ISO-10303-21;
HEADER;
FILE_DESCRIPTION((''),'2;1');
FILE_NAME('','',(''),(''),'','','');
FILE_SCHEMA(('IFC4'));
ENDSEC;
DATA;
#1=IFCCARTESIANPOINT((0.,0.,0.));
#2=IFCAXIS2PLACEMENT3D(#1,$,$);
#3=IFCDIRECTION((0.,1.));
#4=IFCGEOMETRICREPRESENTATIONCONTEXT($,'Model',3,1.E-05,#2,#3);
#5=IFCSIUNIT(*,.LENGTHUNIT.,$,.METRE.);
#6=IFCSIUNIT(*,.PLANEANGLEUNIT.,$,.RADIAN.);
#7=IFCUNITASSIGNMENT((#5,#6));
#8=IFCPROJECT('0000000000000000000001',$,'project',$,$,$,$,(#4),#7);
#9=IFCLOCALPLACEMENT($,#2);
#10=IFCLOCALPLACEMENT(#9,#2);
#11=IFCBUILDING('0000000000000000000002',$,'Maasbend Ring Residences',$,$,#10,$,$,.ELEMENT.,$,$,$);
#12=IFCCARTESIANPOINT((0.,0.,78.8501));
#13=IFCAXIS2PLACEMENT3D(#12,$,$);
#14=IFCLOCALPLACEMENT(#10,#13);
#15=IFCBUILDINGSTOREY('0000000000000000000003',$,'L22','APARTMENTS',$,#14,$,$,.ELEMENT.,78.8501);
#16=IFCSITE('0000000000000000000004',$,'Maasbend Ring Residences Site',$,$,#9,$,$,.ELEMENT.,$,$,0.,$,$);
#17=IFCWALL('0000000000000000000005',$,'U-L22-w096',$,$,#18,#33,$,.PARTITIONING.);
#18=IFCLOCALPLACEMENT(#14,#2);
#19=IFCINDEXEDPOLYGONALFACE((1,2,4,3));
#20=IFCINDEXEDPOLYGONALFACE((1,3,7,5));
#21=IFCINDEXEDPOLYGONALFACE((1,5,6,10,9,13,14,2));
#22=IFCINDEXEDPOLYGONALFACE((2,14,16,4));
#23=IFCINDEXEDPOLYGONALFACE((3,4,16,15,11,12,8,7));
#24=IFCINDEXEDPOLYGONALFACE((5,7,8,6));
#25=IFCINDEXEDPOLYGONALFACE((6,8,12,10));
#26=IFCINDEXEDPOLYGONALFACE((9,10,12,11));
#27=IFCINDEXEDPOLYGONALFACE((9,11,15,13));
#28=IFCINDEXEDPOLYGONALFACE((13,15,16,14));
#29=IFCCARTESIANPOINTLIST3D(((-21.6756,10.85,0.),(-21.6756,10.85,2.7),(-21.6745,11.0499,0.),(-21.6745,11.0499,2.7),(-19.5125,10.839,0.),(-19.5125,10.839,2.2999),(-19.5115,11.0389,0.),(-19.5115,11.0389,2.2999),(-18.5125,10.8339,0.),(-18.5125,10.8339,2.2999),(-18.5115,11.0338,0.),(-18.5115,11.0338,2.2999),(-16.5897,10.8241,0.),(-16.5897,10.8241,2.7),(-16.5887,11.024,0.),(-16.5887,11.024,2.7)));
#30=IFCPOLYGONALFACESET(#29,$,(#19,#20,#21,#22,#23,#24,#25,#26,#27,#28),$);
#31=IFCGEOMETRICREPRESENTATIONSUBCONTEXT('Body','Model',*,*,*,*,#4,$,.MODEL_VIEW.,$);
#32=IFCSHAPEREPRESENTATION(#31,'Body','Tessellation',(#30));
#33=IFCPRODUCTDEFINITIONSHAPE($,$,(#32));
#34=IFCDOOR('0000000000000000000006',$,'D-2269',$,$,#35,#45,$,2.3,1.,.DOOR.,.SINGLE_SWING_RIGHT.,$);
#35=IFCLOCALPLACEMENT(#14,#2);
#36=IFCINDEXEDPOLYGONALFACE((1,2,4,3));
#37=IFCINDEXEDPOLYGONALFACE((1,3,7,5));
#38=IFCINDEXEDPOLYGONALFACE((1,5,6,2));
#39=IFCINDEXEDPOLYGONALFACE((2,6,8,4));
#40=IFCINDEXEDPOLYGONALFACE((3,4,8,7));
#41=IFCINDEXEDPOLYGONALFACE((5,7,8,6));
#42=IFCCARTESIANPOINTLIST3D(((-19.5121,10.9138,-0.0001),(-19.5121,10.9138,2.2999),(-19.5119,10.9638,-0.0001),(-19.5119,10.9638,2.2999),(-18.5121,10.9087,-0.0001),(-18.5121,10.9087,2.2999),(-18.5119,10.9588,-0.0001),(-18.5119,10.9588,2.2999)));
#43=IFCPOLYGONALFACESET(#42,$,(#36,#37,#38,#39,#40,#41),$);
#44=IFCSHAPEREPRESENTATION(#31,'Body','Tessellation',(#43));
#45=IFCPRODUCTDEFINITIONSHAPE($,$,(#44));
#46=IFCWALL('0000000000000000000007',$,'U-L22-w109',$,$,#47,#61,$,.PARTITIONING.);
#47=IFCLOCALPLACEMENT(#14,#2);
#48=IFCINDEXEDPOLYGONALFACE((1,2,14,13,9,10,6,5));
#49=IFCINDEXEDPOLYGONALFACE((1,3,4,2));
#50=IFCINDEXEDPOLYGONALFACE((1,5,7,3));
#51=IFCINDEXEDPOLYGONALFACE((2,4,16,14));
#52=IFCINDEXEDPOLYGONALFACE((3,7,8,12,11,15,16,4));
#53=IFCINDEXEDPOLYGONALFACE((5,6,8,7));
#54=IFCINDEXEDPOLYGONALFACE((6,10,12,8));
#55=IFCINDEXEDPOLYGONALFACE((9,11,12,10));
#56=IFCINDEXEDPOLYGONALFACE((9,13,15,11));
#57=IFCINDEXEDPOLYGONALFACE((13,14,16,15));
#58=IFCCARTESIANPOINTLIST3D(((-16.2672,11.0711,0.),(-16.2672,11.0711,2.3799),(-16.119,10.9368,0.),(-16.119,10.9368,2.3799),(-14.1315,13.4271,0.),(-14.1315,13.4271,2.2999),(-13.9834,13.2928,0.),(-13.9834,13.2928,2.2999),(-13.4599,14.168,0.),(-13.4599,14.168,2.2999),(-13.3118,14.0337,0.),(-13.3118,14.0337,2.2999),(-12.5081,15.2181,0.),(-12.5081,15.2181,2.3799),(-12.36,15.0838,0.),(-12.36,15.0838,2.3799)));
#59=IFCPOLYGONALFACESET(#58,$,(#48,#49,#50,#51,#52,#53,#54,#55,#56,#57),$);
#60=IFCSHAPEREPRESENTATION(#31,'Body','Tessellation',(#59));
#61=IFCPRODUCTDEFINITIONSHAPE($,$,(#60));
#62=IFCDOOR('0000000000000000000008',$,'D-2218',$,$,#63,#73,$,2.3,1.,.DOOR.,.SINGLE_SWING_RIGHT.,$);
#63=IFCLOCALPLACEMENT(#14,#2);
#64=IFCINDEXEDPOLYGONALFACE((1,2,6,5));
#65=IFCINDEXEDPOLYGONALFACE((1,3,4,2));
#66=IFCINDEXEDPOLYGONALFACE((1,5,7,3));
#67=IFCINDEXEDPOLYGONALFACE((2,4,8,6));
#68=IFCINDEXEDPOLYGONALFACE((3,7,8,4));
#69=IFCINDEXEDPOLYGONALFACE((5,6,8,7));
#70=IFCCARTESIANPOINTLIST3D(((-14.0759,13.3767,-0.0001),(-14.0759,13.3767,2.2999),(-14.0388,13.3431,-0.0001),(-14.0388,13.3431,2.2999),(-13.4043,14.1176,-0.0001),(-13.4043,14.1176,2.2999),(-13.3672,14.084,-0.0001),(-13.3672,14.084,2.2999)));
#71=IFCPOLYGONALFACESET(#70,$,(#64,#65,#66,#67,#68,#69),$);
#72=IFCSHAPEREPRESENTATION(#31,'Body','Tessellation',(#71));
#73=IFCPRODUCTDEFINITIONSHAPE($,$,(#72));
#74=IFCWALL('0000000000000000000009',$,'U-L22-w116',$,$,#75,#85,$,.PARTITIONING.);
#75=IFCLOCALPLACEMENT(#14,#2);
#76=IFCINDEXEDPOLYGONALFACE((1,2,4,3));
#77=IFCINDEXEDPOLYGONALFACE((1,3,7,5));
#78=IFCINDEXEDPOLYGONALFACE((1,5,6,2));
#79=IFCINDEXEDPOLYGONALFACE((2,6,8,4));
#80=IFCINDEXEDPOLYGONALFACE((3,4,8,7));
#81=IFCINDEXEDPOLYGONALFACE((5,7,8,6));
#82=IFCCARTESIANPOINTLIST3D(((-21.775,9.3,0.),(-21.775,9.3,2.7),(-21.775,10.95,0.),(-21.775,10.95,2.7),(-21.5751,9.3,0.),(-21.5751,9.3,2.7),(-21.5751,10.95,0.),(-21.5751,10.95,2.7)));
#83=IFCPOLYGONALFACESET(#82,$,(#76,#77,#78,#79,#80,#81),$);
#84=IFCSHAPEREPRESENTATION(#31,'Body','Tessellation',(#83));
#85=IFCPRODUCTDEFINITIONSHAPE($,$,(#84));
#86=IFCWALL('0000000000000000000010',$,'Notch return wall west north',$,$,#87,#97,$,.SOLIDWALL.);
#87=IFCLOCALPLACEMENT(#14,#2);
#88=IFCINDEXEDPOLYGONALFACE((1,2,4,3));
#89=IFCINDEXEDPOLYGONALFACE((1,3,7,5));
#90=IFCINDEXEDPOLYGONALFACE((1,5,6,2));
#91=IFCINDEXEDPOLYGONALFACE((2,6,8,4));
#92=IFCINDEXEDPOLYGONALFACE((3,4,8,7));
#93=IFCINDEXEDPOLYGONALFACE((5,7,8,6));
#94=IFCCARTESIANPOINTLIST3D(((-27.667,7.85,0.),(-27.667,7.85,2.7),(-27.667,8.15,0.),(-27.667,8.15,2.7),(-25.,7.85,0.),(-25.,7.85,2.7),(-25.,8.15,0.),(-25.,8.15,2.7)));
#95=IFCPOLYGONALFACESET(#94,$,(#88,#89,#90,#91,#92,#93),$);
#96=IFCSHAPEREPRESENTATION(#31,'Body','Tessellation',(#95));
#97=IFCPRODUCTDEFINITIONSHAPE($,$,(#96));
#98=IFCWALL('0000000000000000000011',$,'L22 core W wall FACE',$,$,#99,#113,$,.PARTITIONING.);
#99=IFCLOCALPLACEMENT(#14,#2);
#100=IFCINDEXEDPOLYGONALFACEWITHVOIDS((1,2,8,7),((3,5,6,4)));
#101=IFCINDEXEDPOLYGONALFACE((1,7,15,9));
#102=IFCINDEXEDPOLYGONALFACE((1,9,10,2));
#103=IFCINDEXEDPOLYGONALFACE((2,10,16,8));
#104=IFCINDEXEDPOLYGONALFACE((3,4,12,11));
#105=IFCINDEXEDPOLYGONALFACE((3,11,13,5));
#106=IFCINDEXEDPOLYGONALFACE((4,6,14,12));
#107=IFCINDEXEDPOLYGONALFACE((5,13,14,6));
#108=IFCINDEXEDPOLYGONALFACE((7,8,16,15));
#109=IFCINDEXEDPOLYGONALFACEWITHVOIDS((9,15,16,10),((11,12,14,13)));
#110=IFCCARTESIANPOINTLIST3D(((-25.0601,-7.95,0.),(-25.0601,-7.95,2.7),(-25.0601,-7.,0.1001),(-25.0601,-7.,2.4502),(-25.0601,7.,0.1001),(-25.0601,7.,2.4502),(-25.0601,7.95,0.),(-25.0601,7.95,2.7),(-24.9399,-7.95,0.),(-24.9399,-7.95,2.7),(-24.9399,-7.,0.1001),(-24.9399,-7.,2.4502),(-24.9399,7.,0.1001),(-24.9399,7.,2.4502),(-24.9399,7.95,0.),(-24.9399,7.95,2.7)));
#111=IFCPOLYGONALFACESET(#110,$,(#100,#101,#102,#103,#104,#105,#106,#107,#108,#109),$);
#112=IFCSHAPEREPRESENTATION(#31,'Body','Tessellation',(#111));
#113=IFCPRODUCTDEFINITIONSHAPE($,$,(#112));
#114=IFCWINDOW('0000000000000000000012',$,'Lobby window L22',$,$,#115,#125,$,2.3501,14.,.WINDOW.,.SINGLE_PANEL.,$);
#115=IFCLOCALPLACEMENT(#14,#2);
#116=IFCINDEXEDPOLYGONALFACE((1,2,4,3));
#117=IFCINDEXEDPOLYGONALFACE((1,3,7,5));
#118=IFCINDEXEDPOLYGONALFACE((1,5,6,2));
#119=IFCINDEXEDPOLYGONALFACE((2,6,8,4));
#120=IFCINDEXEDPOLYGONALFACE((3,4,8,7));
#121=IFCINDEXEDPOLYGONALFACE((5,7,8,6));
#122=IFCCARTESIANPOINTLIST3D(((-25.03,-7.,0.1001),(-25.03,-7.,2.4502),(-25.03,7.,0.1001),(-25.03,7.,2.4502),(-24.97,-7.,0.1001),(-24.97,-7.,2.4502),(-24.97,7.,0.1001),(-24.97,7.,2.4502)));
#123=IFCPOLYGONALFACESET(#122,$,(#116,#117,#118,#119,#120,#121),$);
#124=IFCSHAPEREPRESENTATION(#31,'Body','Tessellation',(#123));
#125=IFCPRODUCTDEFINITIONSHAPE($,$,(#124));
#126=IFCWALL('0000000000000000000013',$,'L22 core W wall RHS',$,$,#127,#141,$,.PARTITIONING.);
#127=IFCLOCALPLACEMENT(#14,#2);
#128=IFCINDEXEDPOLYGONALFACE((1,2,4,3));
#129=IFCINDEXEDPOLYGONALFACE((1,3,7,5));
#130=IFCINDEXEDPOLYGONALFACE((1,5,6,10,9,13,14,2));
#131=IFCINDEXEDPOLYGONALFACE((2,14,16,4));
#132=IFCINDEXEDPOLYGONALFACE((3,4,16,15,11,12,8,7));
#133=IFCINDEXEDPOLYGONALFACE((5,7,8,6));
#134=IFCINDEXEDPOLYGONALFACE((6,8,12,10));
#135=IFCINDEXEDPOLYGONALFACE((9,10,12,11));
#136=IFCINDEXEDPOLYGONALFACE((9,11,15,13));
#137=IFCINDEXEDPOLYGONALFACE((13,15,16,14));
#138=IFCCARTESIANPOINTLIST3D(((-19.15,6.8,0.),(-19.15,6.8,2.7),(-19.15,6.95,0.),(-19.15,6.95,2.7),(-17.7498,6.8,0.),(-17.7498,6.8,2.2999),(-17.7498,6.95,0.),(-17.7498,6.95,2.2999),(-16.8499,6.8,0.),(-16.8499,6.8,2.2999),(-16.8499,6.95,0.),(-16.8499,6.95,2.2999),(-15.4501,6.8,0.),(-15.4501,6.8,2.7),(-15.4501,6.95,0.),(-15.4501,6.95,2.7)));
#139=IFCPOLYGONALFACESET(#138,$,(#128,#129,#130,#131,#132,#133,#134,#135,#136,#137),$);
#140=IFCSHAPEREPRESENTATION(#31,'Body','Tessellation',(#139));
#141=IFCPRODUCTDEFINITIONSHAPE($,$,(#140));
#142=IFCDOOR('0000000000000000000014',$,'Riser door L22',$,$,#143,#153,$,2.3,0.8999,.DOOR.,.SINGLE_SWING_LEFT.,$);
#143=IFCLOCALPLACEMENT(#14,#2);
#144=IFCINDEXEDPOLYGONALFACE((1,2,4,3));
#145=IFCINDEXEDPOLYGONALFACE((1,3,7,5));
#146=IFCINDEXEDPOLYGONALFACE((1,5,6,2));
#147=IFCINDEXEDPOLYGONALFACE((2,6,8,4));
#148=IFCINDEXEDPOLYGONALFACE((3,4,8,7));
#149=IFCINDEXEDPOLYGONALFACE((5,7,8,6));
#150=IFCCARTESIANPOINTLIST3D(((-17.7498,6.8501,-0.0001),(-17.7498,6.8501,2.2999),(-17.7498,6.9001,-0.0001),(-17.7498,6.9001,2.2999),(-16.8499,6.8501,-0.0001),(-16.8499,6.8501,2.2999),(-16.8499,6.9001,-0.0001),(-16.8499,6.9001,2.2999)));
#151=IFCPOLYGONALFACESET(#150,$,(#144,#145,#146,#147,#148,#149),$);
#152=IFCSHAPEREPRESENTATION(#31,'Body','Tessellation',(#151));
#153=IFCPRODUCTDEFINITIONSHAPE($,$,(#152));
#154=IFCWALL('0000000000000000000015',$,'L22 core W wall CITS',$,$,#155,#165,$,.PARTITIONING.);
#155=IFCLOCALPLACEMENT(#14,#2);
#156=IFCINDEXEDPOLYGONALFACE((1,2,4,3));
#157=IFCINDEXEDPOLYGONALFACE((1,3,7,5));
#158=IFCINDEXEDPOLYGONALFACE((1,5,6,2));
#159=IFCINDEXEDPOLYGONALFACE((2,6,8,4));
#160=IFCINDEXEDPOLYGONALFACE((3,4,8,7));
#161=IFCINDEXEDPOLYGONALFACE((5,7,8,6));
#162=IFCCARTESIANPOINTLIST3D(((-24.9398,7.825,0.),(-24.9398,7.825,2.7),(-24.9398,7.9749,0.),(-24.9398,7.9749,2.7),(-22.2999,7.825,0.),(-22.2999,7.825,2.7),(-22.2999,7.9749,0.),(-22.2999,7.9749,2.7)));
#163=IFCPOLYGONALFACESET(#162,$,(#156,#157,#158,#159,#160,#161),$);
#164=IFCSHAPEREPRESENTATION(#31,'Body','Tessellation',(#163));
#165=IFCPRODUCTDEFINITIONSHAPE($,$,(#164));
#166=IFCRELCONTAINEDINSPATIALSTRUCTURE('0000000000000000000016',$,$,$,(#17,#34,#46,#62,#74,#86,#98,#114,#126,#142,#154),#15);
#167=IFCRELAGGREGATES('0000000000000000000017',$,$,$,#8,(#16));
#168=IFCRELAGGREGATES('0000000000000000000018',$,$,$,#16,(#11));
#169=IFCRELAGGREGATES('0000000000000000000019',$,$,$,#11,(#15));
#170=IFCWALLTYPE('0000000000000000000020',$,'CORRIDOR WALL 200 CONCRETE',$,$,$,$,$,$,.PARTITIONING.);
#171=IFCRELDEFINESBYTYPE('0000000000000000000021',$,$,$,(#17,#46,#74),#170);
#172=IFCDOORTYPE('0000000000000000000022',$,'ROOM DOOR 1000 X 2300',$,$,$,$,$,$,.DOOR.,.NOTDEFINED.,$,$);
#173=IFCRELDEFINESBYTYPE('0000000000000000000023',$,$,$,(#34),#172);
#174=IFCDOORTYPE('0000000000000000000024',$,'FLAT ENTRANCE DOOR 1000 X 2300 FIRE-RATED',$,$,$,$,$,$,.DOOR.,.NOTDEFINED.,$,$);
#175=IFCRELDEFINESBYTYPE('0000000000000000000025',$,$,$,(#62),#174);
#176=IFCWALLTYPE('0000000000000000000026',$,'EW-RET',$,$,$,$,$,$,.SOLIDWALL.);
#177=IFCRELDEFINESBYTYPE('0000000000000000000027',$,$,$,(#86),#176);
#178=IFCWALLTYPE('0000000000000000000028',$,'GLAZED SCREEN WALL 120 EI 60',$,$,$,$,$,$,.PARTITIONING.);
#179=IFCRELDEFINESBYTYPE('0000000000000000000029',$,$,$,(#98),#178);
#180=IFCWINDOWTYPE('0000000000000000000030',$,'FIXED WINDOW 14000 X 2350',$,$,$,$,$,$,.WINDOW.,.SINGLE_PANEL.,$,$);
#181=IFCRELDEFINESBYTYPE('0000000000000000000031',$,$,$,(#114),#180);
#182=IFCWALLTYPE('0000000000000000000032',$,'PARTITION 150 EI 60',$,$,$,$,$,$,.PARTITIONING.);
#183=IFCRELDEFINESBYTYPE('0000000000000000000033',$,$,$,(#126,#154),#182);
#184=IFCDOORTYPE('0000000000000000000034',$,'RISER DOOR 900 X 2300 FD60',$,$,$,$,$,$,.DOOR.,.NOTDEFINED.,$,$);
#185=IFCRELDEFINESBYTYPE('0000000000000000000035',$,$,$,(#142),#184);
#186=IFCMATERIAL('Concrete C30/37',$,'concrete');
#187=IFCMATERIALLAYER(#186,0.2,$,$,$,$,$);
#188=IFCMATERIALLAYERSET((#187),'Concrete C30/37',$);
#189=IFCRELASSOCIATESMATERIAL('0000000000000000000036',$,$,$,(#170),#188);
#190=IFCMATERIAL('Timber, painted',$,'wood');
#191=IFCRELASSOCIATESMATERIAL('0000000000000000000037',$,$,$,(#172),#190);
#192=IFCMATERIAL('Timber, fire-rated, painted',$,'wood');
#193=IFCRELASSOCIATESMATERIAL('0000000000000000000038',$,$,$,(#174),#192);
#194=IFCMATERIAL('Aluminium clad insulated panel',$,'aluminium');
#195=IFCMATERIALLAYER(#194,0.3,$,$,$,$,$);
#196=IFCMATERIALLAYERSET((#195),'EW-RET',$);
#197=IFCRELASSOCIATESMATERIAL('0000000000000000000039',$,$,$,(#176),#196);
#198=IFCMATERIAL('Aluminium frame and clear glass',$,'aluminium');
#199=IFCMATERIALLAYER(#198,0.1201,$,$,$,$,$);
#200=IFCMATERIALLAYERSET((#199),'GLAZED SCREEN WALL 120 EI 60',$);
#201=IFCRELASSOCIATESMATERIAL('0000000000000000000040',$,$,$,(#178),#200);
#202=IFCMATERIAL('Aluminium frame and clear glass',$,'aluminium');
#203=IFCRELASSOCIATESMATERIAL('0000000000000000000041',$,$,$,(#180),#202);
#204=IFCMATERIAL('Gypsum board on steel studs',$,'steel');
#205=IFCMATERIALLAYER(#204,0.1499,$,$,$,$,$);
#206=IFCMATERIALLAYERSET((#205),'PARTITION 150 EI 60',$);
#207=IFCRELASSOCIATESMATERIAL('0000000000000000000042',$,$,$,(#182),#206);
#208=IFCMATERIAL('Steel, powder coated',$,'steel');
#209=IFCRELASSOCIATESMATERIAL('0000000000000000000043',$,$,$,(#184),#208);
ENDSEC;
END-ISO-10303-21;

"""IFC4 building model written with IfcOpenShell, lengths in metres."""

from ifc_helpers import new_model, si_unit, direction, frame, frame_2d, origin, place, context, subcontext, project, spatial, rectangle, extrude, material, layer, layer_set, type_object, element, fill, save


model = new_model("IFC4")

# Units and contexts
model_context = context("Model", 3, precision=1e-05, world=origin(), true_north=direction((0.0, 1.0)))
body_context = subcontext(model_context, "Body", "Model", "MODEL_VIEW")
ifc_project = project(units=[si_unit("LENGTHUNIT", "METRE"), si_unit("PLANEANGLEUNIT", "RADIAN")], contexts=[model_context])

# Site, building, storey
site_placement = place(None, origin())
site = spatial("IfcSite", under=ifc_project, at=site_placement, Name="Maasbend Ring Residences Site", CompositionType="ELEMENT", RefElevation=0.0)
building_placement = place(site_placement, origin())
building = spatial("IfcBuilding", under=site, at=building_placement, Name="Maasbend Ring Residences", CompositionType="ELEMENT")
storey_placement = place(building_placement, frame((0.0, 0.0, 78.8501)))
storey = spatial("IfcBuildingStorey", under=building, at=storey_placement, Name="L22", Description="APARTMENTS", CompositionType="ELEMENT", Elevation=78.8501)

# Walls, openings, doors
ifc_material_1 = material(Name="Concrete C30/37", Category="concrete")
ifc_layer_1 = layer(ifc_material_1, 0.2)
ifc_layer_set_1 = layer_set([ifc_layer_1], Name="Concrete C30/37")
wall_type_1 = type_object("IfcWallType", Name="CORRIDOR WALL 200 CONCRETE", PredefinedType="PARTITIONING", material=ifc_layer_set_1)
wall_1_placement = place(storey_placement, frame((-21.675, 10.95, 0.0), z_axis=(0.0, 0.0, 1.0), x_axis=(0.999987, -0.005088, 0.0)))
wall_1 = element("IfcWall", 1, at=wall_1_placement, inside=storey, type_object=wall_type_1, Name="U-L22-w096", PredefinedType="PARTITIONING", context=body_context, shape_type="SweptSolid", body=[
    extrude(rectangle(XDim=5.0859, YDim=0.2, at=frame_2d((2.543, 0.0))), origin(), (0.0, 0.0, 1.0), 2.7),
])
opening_1_placement = place(wall_1_placement, frame((2.1631, 0.0, 0.0)))
opening_1 = element("IfcOpeningElement", 2, at=opening_1_placement, cuts=wall_1, PredefinedType="OPENING", context=body_context, shape_type="SweptSolid", body=[
    extrude(rectangle(XDim=1.0, YDim=2.3, at=frame_2d((0.5, 1.1499))), frame((0.0, 0.1099, 0.0), z_axis=(0.0, -1.0, 0.0), x_axis=(1.0, 0.0, 0.0)), (0.0, 0.0, 1.0), 0.22),
])
ifc_material_2 = material(Name="Timber, painted", Category="wood")
door_type_1 = type_object("IfcDoorType", Name="ROOM DOOR 1000 X 2300", OperationType="NOTDEFINED", PredefinedType="DOOR", material=ifc_material_2)
door_1_placement = place(opening_1_placement, origin())
door_1 = element("IfcDoor", 3, at=door_1_placement, inside=storey, type_object=door_type_1, Name="D-2269", OperationType="SINGLE_SWING_RIGHT", OverallHeight=2.3, OverallWidth=1.0, PredefinedType="DOOR", context=body_context, shape_type="SweptSolid", body=[
    extrude(rectangle(XDim=1.0, YDim=2.3, at=frame_2d((0.5, 1.1499))), frame((0.0, 0.0249, 0.0), z_axis=(0.0, -1.0, 0.0), x_axis=(1.0, 0.0, 0.0)), (0.0, 0.0, 1.0), 0.05),
])
fill(opening_1, door_1)
wall_2_placement = place(storey_placement, frame((-16.1931, 11.0039, 0.0), z_axis=(0.0, 0.0, 1.0), x_axis=(0.671602, 0.740912, 0.0)))
wall_2 = element("IfcWall", 4, at=wall_2_placement, inside=storey, type_object=wall_type_1, Name="U-L22-w109", PredefinedType="PARTITIONING", context=body_context, shape_type="SweptSolid", body=[
    extrude(rectangle(XDim=5.5972, YDim=0.2, at=frame_2d((2.7986, 0.0))), origin(), (0.0, 0.0, 1.0), 2.3799),
])
opening_2_placement = place(wall_2_placement, frame((3.1799, 0.0, 0.0)))
opening_2 = element("IfcOpeningElement", 5, at=opening_2_placement, cuts=wall_2, PredefinedType="OPENING", context=body_context, shape_type="SweptSolid", body=[
    extrude(rectangle(XDim=1.0, YDim=2.3, at=frame_2d((0.5, 1.1499))), frame((0.0, 0.1099, 0.0), z_axis=(0.0, -1.0, 0.0), x_axis=(1.0, 0.0, 0.0)), (0.0, 0.0, 1.0), 0.22),
])
ifc_material_3 = material(Name="Timber, fire-rated, painted", Category="wood")
door_type_2 = type_object("IfcDoorType", Name="FLAT ENTRANCE DOOR 1000 X 2300 FIRE-RATED", OperationType="NOTDEFINED", PredefinedType="DOOR", material=ifc_material_3)
door_2_placement = place(opening_2_placement, origin())
door_2 = element("IfcDoor", 6, at=door_2_placement, inside=storey, type_object=door_type_2, Name="D-2218", OperationType="SINGLE_SWING_RIGHT", OverallHeight=2.3, OverallWidth=1.0, PredefinedType="DOOR", context=body_context, shape_type="SweptSolid", body=[
    extrude(rectangle(XDim=1.0, YDim=2.3, at=frame_2d((0.5, 1.1499))), frame((0.0, 0.0249, 0.0), z_axis=(0.0, -1.0, 0.0), x_axis=(1.0, 0.0, 0.0)), (0.0, 0.0, 1.0), 0.05),
])
fill(opening_2, door_2)

# Walls
wall_3_placement = place(storey_placement, frame((-21.675, 9.3, 0.0), z_axis=(0.0, 0.0, 1.0), x_axis=(0.0, 1.0, 0.0)))
element("IfcWall", 7, at=wall_3_placement, inside=storey, type_object=wall_type_1, Name="U-L22-w116", PredefinedType="PARTITIONING", context=body_context, shape_type="SweptSolid", body=[
    extrude(rectangle(XDim=1.6499, YDim=0.2, at=frame_2d((0.825, 0.0))), origin(), (0.0, 0.0, 1.0), 2.7),
])
ifc_material_4 = material(Name="Aluminium clad insulated panel", Category="aluminium")
ifc_layer_2 = layer(ifc_material_4, 0.3)
ifc_layer_set_2 = layer_set([ifc_layer_2], Name="EW-RET")
wall_type_2 = type_object("IfcWallType", Name="EW-RET", PredefinedType="SOLIDWALL", material=ifc_layer_set_2)
wall_4_placement = place(storey_placement, frame((-25.0, 8.0, 0.0), z_axis=(0.0, 0.0, 1.0), x_axis=(-1.0, 0.0, 0.0)))
element("IfcWall", 8, at=wall_4_placement, inside=storey, type_object=wall_type_2, Name="Notch return wall west north", PredefinedType="SOLIDWALL", context=body_context, shape_type="SweptSolid", body=[
    extrude(rectangle(XDim=2.667, YDim=0.3, at=frame_2d((1.3335, 0.0))), origin(), (0.0, 0.0, 1.0), 2.7),
])

# Wall, opening, window
ifc_material_5 = material(Name="Aluminium frame and clear glass", Category="aluminium")
ifc_layer_3 = layer(ifc_material_5, 0.1201)
ifc_layer_set_3 = layer_set([ifc_layer_3], Name="GLAZED SCREEN WALL 120 EI 60")
wall_type_3 = type_object("IfcWallType", Name="GLAZED SCREEN WALL 120 EI 60", PredefinedType="PARTITIONING", material=ifc_layer_set_3)
wall_5_placement = place(storey_placement, frame((-25.0, 7.95, 0.0), z_axis=(0.0, 0.0, 1.0), x_axis=(0.0, -1.0, 0.0)))
wall_5 = element("IfcWall", 9, at=wall_5_placement, inside=storey, type_object=wall_type_3, Name="L22 core W wall FACE", PredefinedType="PARTITIONING", context=body_context, shape_type="SweptSolid", body=[
    extrude(rectangle(XDim=15.8999, YDim=0.1201, at=frame_2d((7.95, 0.0))), origin(), (0.0, 0.0, 1.0), 2.7),
])
opening_3_placement = place(wall_5_placement, frame((0.95, 0.0, 0.1001)))
opening_3 = element("IfcOpeningElement", 10, at=opening_3_placement, cuts=wall_5, PredefinedType="OPENING", context=body_context, shape_type="SweptSolid", body=[
    extrude(rectangle(XDim=14.0, YDim=2.3501, at=frame_2d((7.0, 1.175))), frame((0.0, 0.0701, 0.0), z_axis=(0.0, -1.0, 0.0), x_axis=(1.0, 0.0, 0.0)), (0.0, 0.0, 1.0), 0.1401),
])
ifc_material_6 = material(Name="Aluminium frame and clear glass", Category="aluminium")
window_type = type_object("IfcWindowType", Name="FIXED WINDOW 14000 X 2350", PartitioningType="SINGLE_PANEL", PredefinedType="WINDOW", material=ifc_material_6)
window_placement = place(opening_3_placement, origin())
window = element("IfcWindow", 11, at=window_placement, inside=storey, type_object=window_type, Name="Lobby window L22", OverallHeight=2.3501, OverallWidth=14.0, PartitioningType="SINGLE_PANEL", PredefinedType="WINDOW", context=body_context, shape_type="SweptSolid", body=[
    extrude(rectangle(XDim=14.0, YDim=2.3501, at=frame_2d((7.0, 1.175))), frame((0.0, 0.03, 0.0), z_axis=(0.0, -1.0, 0.0), x_axis=(1.0, 0.0, 0.0)), (0.0, 0.0, 1.0), 0.0601),
])
fill(opening_3, window)

# Wall, opening, door
ifc_material_7 = material(Name="Gypsum board on steel studs", Category="steel")
ifc_layer_4 = layer(ifc_material_7, 0.1499)
ifc_layer_set_4 = layer_set([ifc_layer_4], Name="PARTITION 150 EI 60")
wall_type_4 = type_object("IfcWallType", Name="PARTITION 150 EI 60", PredefinedType="PARTITIONING", material=ifc_layer_set_4)
wall_6_placement = place(storey_placement, frame((-15.45, 6.875, 0.0), z_axis=(0.0, 0.0, 1.0), x_axis=(-1.0, 0.0, 0.0)))
wall_6 = element("IfcWall", 12, at=wall_6_placement, inside=storey, type_object=wall_type_4, Name="L22 core W wall RHS", PredefinedType="PARTITIONING", context=body_context, shape_type="SweptSolid", body=[
    extrude(rectangle(XDim=3.7, YDim=0.1499, at=frame_2d((1.8501, 0.0))), origin(), (0.0, 0.0, 1.0), 2.7),
])
opening_4_placement = place(wall_6_placement, frame((1.3999, 0.0, 0.0)))
opening_4 = element("IfcOpeningElement", 13, at=opening_4_placement, cuts=wall_6, PredefinedType="OPENING", context=body_context, shape_type="SweptSolid", body=[
    extrude(rectangle(XDim=0.8999, YDim=2.3, at=frame_2d((0.45, 1.1499))), frame((0.0, 0.085, 0.0), z_axis=(0.0, -1.0, 0.0), x_axis=(1.0, 0.0, 0.0)), (0.0, 0.0, 1.0), 0.1699),
])
ifc_material_8 = material(Name="Steel, powder coated", Category="steel")
door_type_3 = type_object("IfcDoorType", Name="RISER DOOR 900 X 2300 FD60", OperationType="NOTDEFINED", PredefinedType="DOOR", material=ifc_material_8)
door_3_placement = place(opening_4_placement, origin())
door_3 = element("IfcDoor", 14, at=door_3_placement, inside=storey, type_object=door_type_3, Name="Riser door L22", OperationType="SINGLE_SWING_LEFT", OverallHeight=2.3, OverallWidth=0.8999, PredefinedType="DOOR", context=body_context, shape_type="SweptSolid", body=[
    extrude(rectangle(XDim=0.8999, YDim=2.3, at=frame_2d((0.45, 1.1499))), frame((0.0, 0.0249, 0.0), z_axis=(0.0, -1.0, 0.0), x_axis=(1.0, 0.0, 0.0)), (0.0, 0.0, 1.0), 0.05),
])
fill(opening_4, door_3)

# Wall
wall_7_placement = place(storey_placement, frame((-22.3, 7.8999, 0.0), z_axis=(0.0, 0.0, 1.0), x_axis=(-1.0, 0.0, 0.0)))
element("IfcWall", 15, at=wall_7_placement, inside=storey, type_object=wall_type_4, Name="L22 core W wall CITS", PredefinedType="PARTITIONING", context=body_context, shape_type="SweptSolid", body=[
    extrude(rectangle(XDim=2.6399, YDim=0.1499, at=frame_2d((1.3198, 0.0))), origin(), (0.0, 0.0, 1.0), 2.7),
])

save(model, "model.ifc")
